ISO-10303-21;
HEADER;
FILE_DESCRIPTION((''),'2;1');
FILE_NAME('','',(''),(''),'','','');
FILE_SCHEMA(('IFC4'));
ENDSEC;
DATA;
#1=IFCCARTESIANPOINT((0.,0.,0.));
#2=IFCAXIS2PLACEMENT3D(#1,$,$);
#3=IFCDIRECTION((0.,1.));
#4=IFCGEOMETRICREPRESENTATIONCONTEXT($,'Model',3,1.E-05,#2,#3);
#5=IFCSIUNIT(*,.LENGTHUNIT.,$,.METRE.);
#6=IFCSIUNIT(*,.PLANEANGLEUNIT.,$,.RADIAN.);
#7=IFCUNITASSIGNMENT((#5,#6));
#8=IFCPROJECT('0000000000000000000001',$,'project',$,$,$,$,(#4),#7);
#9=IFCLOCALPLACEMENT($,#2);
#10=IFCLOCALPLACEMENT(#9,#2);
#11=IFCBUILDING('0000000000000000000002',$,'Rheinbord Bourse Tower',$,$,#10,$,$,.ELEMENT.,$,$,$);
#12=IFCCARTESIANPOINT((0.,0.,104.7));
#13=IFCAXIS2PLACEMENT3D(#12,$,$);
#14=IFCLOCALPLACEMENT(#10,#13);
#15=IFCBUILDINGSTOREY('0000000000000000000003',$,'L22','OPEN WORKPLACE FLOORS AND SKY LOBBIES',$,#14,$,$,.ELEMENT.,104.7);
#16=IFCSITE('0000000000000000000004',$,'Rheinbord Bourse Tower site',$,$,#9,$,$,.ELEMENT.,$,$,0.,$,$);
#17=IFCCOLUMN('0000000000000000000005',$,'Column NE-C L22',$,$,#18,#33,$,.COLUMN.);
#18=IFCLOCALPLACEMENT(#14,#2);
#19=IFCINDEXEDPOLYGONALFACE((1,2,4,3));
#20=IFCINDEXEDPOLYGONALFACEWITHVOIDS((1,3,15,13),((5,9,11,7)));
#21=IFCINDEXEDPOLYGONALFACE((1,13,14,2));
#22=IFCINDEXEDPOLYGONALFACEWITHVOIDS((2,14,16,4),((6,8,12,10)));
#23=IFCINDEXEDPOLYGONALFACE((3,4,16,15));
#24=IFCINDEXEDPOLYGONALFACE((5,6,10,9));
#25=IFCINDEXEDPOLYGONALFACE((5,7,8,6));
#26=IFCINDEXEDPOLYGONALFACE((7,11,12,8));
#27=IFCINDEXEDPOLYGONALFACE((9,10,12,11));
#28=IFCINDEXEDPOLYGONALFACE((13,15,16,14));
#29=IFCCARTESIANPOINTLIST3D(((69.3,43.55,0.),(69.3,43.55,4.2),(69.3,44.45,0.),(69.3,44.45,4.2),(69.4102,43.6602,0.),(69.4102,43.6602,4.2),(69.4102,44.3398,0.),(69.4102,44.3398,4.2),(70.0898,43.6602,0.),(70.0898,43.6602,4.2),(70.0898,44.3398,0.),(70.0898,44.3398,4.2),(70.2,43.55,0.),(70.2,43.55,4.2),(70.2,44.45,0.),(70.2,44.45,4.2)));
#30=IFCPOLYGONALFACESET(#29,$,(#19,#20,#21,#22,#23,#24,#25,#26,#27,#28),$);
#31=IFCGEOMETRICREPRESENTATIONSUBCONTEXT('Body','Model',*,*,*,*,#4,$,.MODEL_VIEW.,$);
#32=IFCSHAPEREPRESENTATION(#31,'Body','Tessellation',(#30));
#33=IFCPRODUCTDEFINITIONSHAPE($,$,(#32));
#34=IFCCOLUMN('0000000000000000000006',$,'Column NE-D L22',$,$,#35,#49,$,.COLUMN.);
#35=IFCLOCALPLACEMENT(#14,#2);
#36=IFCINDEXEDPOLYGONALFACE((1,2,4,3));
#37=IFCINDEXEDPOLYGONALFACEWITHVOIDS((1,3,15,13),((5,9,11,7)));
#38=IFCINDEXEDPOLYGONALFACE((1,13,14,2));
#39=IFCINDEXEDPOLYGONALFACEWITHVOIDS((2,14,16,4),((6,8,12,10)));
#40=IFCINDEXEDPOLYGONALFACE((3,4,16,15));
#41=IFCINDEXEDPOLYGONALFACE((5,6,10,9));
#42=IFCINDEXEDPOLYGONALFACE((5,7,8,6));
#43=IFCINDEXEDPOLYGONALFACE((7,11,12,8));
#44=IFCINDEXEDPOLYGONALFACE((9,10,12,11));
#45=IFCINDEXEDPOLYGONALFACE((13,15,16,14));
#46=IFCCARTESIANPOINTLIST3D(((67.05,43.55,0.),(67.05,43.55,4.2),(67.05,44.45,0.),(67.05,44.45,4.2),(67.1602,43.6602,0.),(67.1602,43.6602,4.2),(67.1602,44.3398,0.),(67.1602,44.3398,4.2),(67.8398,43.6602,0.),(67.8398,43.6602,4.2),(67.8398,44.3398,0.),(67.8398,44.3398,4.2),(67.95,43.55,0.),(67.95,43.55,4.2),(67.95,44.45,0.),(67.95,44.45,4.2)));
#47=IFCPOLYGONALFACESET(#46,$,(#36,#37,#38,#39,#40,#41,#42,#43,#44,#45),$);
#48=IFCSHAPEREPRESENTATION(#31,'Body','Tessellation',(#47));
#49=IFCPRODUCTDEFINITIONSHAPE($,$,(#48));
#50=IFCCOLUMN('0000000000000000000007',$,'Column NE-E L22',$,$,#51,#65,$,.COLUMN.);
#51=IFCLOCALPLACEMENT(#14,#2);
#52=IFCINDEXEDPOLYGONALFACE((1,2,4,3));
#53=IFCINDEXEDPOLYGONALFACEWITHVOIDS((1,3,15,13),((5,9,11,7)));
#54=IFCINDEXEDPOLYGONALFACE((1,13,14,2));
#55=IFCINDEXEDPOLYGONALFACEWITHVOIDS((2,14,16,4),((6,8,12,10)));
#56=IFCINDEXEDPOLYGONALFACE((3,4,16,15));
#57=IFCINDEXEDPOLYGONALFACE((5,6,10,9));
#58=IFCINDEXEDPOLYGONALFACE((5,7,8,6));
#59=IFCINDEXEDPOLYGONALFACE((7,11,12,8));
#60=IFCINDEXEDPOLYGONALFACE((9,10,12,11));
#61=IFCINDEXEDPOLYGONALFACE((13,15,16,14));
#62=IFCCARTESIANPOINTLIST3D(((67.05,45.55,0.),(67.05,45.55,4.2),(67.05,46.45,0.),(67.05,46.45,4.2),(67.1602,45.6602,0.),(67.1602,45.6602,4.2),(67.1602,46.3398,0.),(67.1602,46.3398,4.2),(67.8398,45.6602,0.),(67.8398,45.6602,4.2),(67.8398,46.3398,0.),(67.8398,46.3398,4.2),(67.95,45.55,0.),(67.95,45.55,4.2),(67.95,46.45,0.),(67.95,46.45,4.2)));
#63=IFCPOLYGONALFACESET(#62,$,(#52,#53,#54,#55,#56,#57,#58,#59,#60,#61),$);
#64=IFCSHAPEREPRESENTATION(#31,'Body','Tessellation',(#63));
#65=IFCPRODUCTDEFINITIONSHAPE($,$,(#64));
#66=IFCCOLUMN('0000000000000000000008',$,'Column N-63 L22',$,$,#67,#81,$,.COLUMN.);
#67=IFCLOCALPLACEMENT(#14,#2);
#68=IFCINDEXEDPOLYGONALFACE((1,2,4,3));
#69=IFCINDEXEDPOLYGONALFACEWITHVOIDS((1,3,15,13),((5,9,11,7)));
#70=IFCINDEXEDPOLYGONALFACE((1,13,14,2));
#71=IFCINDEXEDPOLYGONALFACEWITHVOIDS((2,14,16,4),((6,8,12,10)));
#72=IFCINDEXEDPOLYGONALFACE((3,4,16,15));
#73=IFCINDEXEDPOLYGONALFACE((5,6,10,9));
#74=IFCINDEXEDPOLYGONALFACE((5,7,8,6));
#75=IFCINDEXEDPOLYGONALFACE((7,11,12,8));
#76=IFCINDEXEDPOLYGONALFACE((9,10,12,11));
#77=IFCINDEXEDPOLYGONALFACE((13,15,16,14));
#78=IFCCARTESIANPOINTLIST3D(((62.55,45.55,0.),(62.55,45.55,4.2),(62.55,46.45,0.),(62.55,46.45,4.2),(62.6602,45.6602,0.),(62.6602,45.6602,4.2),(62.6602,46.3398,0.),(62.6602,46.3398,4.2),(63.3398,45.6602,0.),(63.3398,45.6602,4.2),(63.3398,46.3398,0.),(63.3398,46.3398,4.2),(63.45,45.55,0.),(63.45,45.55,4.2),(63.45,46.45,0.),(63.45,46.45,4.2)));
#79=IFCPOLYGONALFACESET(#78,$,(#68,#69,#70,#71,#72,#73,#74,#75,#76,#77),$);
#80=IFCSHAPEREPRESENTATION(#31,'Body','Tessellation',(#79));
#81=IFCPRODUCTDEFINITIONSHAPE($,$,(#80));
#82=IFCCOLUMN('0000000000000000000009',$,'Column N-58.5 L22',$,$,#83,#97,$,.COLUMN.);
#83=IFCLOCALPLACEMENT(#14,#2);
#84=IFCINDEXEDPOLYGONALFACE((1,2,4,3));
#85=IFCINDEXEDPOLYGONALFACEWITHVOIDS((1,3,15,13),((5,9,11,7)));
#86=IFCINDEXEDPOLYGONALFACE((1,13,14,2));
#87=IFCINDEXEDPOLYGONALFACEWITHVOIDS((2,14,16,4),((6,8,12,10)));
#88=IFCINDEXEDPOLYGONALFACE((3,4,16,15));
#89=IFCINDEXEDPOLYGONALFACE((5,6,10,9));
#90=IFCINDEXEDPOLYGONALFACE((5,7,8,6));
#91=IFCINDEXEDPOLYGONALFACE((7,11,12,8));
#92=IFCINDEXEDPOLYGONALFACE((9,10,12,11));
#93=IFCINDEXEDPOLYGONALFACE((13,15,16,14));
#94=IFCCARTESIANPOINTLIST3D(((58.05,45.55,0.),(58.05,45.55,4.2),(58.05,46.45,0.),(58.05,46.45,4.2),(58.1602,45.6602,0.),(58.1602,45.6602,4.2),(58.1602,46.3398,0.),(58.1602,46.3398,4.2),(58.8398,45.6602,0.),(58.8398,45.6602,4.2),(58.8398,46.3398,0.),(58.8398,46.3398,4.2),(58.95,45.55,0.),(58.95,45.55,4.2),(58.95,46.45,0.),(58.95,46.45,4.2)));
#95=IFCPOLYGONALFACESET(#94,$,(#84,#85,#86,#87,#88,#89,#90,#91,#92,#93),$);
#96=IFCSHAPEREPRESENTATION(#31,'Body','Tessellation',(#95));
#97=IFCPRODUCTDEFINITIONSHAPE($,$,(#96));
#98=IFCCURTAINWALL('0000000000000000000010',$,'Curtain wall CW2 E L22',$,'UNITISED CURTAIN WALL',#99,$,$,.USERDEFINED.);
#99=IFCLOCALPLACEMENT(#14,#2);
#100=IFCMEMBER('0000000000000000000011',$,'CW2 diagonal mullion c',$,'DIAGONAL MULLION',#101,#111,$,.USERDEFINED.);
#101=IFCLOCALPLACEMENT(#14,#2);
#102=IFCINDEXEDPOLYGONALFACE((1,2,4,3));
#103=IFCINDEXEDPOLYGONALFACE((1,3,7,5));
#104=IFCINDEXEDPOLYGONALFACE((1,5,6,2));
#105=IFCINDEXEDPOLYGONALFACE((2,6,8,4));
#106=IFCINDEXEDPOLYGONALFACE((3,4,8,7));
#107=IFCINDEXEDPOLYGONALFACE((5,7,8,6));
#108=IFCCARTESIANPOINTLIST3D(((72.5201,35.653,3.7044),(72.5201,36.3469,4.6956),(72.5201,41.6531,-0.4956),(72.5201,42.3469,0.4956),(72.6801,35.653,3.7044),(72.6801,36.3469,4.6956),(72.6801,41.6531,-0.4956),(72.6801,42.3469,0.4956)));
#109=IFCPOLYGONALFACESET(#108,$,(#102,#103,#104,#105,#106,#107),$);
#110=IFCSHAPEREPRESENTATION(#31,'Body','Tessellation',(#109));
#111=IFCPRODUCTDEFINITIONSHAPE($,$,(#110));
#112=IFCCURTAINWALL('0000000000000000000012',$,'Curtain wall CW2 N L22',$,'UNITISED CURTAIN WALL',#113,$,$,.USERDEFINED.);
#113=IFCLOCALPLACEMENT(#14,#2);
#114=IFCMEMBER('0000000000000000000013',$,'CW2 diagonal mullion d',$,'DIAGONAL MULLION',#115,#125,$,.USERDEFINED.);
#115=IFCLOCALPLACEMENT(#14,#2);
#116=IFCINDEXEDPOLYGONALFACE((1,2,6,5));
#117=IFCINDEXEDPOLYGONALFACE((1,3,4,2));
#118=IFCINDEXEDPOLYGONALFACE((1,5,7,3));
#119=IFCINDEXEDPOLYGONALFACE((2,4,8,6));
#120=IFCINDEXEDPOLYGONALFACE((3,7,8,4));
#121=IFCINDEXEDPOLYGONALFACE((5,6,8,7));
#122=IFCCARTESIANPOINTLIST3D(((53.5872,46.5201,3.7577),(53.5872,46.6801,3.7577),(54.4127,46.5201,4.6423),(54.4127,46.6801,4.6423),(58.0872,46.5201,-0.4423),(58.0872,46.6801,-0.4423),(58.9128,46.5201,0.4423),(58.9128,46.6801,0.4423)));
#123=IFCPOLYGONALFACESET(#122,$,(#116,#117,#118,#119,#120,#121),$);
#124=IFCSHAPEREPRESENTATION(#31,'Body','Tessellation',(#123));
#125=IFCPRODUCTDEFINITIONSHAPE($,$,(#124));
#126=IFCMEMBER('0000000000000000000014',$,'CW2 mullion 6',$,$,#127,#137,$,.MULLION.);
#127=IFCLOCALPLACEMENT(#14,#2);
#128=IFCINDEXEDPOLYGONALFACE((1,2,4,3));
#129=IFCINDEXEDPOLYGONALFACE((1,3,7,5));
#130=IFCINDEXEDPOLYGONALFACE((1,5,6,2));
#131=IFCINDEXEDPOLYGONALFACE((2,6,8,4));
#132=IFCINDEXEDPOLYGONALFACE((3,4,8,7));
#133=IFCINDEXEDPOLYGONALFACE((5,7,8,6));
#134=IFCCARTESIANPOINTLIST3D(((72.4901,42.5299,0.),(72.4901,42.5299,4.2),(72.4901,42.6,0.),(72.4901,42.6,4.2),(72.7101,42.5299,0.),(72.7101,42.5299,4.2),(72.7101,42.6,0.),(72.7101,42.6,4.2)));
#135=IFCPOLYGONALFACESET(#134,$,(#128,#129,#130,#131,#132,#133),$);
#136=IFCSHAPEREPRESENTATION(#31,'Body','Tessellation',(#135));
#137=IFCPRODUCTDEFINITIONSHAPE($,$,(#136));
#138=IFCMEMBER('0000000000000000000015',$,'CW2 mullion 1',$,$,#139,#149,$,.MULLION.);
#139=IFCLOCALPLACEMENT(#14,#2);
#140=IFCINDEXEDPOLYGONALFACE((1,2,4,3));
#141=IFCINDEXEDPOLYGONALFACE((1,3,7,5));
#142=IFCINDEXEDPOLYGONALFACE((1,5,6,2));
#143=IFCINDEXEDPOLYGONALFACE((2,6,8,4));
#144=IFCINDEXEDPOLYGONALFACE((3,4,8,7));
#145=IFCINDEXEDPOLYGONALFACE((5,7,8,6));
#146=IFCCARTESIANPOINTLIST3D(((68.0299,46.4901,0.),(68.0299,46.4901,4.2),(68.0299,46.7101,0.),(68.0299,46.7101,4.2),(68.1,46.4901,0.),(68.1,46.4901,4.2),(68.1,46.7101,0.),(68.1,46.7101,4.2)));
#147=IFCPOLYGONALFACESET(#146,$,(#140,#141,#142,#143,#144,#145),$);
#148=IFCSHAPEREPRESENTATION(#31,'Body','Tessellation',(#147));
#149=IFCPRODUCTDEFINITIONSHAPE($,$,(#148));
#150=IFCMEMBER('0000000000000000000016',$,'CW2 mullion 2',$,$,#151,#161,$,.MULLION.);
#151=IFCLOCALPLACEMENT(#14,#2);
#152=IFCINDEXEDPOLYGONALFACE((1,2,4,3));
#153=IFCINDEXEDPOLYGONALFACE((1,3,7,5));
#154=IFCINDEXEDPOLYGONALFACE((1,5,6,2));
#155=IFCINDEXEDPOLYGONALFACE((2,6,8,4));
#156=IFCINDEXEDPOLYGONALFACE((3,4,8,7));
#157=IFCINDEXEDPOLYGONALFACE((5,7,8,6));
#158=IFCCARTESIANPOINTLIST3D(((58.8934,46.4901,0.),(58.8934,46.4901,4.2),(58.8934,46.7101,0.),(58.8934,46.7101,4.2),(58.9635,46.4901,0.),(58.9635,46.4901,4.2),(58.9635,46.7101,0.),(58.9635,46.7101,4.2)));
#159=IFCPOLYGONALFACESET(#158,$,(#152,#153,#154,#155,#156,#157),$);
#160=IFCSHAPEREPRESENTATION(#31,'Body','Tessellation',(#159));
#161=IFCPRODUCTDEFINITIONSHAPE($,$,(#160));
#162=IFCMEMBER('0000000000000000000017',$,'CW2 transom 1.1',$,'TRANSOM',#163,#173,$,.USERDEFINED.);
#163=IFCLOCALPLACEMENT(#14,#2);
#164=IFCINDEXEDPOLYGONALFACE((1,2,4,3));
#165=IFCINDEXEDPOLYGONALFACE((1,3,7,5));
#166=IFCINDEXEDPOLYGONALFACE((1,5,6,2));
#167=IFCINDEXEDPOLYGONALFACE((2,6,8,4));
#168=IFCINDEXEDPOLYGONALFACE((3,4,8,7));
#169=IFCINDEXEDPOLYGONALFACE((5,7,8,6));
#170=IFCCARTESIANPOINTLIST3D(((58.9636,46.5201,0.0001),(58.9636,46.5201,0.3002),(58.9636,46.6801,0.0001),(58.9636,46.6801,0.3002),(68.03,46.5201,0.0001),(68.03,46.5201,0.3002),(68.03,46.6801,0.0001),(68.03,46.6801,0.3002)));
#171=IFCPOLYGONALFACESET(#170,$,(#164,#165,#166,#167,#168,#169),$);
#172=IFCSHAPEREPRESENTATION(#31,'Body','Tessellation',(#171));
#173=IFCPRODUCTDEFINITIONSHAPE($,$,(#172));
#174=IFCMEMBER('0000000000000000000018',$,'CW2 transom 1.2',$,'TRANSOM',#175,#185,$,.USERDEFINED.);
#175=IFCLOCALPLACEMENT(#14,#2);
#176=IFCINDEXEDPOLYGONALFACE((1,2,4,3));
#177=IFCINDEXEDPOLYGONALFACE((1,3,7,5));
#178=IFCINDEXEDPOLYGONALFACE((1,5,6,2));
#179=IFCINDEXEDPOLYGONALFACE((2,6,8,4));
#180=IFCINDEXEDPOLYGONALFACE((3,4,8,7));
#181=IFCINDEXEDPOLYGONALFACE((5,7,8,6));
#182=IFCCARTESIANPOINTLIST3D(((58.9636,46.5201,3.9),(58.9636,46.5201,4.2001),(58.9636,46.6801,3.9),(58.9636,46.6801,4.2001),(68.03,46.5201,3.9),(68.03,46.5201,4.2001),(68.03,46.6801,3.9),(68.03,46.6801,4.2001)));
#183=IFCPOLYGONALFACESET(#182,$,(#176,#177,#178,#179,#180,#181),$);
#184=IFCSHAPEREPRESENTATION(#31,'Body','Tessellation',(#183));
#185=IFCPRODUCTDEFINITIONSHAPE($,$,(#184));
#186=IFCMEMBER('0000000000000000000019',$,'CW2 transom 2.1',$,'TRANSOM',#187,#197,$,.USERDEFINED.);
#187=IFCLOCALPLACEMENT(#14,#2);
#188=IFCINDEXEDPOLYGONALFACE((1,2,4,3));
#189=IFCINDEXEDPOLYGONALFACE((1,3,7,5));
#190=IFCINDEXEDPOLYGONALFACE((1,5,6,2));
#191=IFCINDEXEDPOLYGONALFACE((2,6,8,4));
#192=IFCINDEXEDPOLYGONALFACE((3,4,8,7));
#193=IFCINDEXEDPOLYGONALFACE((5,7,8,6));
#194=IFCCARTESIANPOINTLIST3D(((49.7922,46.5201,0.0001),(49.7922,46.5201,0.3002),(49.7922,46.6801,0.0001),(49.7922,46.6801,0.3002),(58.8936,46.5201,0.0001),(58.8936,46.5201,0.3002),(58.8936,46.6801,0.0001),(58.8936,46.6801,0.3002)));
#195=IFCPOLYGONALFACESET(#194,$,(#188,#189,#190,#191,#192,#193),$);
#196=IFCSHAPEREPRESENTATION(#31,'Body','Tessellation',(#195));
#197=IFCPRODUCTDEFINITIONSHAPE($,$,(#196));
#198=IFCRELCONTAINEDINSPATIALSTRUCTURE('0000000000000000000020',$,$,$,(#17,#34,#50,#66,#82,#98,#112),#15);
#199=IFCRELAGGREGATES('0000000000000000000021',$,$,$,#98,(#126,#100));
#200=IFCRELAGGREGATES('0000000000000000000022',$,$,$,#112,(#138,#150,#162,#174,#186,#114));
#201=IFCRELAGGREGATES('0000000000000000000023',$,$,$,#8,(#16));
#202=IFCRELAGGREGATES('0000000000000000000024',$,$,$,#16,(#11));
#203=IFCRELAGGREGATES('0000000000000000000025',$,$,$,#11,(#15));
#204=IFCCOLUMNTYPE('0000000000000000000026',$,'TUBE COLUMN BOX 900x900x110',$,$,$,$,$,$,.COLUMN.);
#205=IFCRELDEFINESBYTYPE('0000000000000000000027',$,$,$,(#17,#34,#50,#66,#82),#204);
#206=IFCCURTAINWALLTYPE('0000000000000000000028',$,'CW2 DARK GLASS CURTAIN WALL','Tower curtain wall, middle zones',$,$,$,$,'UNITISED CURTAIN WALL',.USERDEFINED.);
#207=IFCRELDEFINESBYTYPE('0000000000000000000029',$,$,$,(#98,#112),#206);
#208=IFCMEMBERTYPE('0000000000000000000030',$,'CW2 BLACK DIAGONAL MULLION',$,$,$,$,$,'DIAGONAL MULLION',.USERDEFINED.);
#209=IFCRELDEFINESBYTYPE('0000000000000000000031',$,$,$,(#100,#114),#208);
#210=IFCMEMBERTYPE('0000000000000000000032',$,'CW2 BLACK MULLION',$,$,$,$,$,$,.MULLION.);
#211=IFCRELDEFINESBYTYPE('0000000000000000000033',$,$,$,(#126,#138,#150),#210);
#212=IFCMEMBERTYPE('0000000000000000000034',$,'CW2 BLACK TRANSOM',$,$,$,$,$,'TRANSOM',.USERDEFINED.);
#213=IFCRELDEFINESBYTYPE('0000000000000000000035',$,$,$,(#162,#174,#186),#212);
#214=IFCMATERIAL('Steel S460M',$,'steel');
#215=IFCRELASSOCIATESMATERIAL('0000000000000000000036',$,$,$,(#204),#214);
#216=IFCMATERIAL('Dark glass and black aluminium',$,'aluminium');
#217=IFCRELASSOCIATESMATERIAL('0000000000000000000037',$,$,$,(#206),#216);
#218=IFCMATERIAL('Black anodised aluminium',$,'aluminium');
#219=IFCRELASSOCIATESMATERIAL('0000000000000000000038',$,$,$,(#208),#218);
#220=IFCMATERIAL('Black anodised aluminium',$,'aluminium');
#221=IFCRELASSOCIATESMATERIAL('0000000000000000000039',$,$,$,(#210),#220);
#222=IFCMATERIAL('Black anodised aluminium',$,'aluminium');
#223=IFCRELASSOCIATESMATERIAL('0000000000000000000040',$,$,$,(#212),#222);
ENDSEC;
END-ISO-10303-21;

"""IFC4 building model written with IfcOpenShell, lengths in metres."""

from ifc_helpers import new_model, si_unit, direction, frame, origin, origin_2d, place, context, subcontext, project, spatial, rectangle, hollow_rectangle, extrude, material, material_profile, profile_set, type_object, element, aggregate, save


model = new_model("IFC4")

# Units and contexts
model_context = context("Model", 3, precision=1e-05, world=origin(), true_north=direction((0.0, 1.0)))
body_context = subcontext(model_context, "Body", "Model", "MODEL_VIEW")
ifc_project = project(units=[si_unit("LENGTHUNIT", "METRE"), si_unit("PLANEANGLEUNIT", "RADIAN")], contexts=[model_context])

# Site, building, storey
site_placement = place(None, origin())
site = spatial("IfcSite", under=ifc_project, at=site_placement, Name="Rheinbord Bourse Tower site", CompositionType="ELEMENT", RefElevation=0.0)
building_placement = place(site_placement, origin())
building = spatial("IfcBuilding", under=site, at=building_placement, Name="Rheinbord Bourse Tower", CompositionType="ELEMENT")
storey_placement = place(building_placement, frame((0.0, 0.0, 104.7)))
storey = spatial("IfcBuildingStorey", under=building, at=storey_placement, Name="L22", Description="OPEN WORKPLACE FLOORS AND SKY LOBBIES", CompositionType="ELEMENT", Elevation=104.7)

# Columns
ifc_material_1 = material(Name="Steel S460M", Category="steel")
ifc_material_profile_1 = material_profile(ifc_material_1, hollow_rectangle(XDim=0.8999, YDim=0.8999, WallThickness=0.1101, at=origin_2d()), Name="BOX 900x900x110")
ifc_profile_set_1 = profile_set([ifc_material_profile_1], Name="Steel S460M")
column_type = type_object("IfcColumnType", Name="TUBE COLUMN BOX 900x900x110", PredefinedType="COLUMN", material=ifc_profile_set_1)
for number, where, z_axis, x_axis, name in (
    (1, (69.75, 44.0, 0.0), (0.0, 0.0, 1.0), (1.0, 0.0, 0.0), "Column NE-C L22"),
    (2, (67.5, 44.0, 0.0), (0.0, 0.0, 1.0), (0.0, 1.0, 0.0), "Column NE-D L22"),
    (3, (67.5, 46.0, 0.0), (0.0, 0.0, 1.0), (0.0, 1.0, 0.0), "Column NE-E L22"),
    (4, (63.0, 46.0, 0.0), (0.0, 0.0, 1.0), (0.0, 1.0, 0.0), "Column N-63 L22"),
    (5, (58.5, 46.0, 0.0), (0.0, 0.0, 1.0), (0.0, 1.0, 0.0), "Column N-58.5 L22"),
):
    element("IfcColumn", number, at=place(storey_placement, frame(where, z_axis=z_axis, x_axis=x_axis)), inside=storey, type_object=column_type, Name=name, PredefinedType="COLUMN", context=body_context, shape_type="SweptSolid", body=[
        extrude(hollow_rectangle(XDim=0.8999, YDim=0.8999, WallThickness=0.1101, at=origin_2d()), origin(), (0.0, 0.0, 1.0), 4.2),
    ])

# Curtain walls, members
ifc_material_2 = material(Name="Dark glass and black aluminium", Category="aluminium")
curtain_wall_type = type_object("IfcCurtainWallType", Name="CW2 DARK GLASS CURTAIN WALL", Description="Tower curtain wall, middle zones", ElementType="UNITISED CURTAIN WALL", PredefinedType="USERDEFINED", material=ifc_material_2)
curtain_wall_1_placement = place(storey_placement, origin())
curtain_wall_1 = element("IfcCurtainWall", 6, at=curtain_wall_1_placement, inside=storey, type_object=curtain_wall_type, Name="Curtain wall CW2 E L22", ObjectType="UNITISED CURTAIN WALL", PredefinedType="USERDEFINED")
ifc_material_3 = material(Name="Black anodised aluminium", Category="aluminium")
ifc_material_profile_2 = material_profile(ifc_material_3, rectangle(XDim=0.1599, YDim=1.21, at=origin_2d()), Name="CW2 DIAGONAL MULLION 1210x160")
ifc_profile_set_2 = profile_set([ifc_material_profile_2], Name="Black anodised aluminium")
member_type_1 = type_object("IfcMemberType", Name="CW2 BLACK DIAGONAL MULLION", ElementType="DIAGONAL MULLION", PredefinedType="USERDEFINED", material=ifc_profile_set_2)
member_1_placement = place(storey_placement, frame((72.6001, 42.0, 0.0), z_axis=(0.0, -0.819235, 0.573458), x_axis=(1.0, 0.0, 0.0)))
member_1 = element("IfcMember", 7, at=member_1_placement, type_object=member_type_1, Name="CW2 diagonal mullion c", ObjectType="DIAGONAL MULLION", PredefinedType="USERDEFINED", context=body_context, shape_type="SweptSolid", body=[
    extrude(rectangle(XDim=0.1599, YDim=1.21, at=origin_2d()), origin(), (0.0, 0.0, 1.0), 7.324),
])
curtain_wall_2_placement = place(storey_placement, origin())
curtain_wall_2 = element("IfcCurtainWall", 8, at=curtain_wall_2_placement, inside=storey, type_object=curtain_wall_type, Name="Curtain wall CW2 N L22", ObjectType="UNITISED CURTAIN WALL", PredefinedType="USERDEFINED")
member_2_placement = place(storey_placement, frame((58.5, 46.6001, 0.0), z_axis=(-0.731059, 0.0, 0.682314), x_axis=(0.0, -1.0, 0.0)))
member_2 = element("IfcMember", 9, at=member_2_placement, type_object=member_type_1, Name="CW2 diagonal mullion d", ObjectType="DIAGONAL MULLION", PredefinedType="USERDEFINED", context=body_context, shape_type="SweptSolid", body=[
    extrude(rectangle(XDim=0.1599, YDim=1.21, at=origin_2d()), origin(), (0.0, 0.0, 1.0), 6.1555),
])

# Members
ifc_material_4 = material(Name="Black anodised aluminium", Category="aluminium")
ifc_material_profile_3 = material_profile(ifc_material_4, rectangle(XDim=0.22, YDim=0.0701, at=origin_2d()), Name="CW2 MULLION 70x220")
ifc_profile_set_3 = profile_set([ifc_material_profile_3], Name="Black anodised aluminium")
member_type_2 = type_object("IfcMemberType", Name="CW2 BLACK MULLION", PredefinedType="MULLION", material=ifc_profile_set_3)
member_3_placement = place(storey_placement, frame((72.6001, 42.5649, 0.0), z_axis=(0.0, 0.0, 1.0), x_axis=(-1.0, 0.0, 0.0)))
member_3 = element("IfcMember", 10, at=member_3_placement, type_object=member_type_2, Name="CW2 mullion 6", PredefinedType="MULLION", context=body_context, shape_type="SweptSolid", body=[
    extrude(rectangle(XDim=0.22, YDim=0.0701, at=origin_2d()), origin(), (0.0, 0.0, 1.0), 4.2),
])
member_4_placement = place(storey_placement, frame((68.0649, 46.6001, 0.0), z_axis=(0.0, 0.0, 1.0), x_axis=(0.0, -1.0, 0.0)))
member_4 = element("IfcMember", 11, at=member_4_placement, type_object=member_type_2, Name="CW2 mullion 1", PredefinedType="MULLION", context=body_context, shape_type="SweptSolid", body=[
    extrude(rectangle(XDim=0.22, YDim=0.0701, at=origin_2d()), origin(), (0.0, 0.0, 1.0), 4.2),
])
member_5_placement = place(storey_placement, frame((58.9285, 46.6001, 0.0), z_axis=(0.0, 0.0, 1.0), x_axis=(0.0, -1.0, 0.0)))
member_5 = element("IfcMember", 12, at=member_5_placement, type_object=member_type_2, Name="CW2 mullion 2", PredefinedType="MULLION", context=body_context, shape_type="SweptSolid", body=[
    extrude(rectangle(XDim=0.22, YDim=0.0701, at=origin_2d()), origin(), (0.0, 0.0, 1.0), 4.2),
])
ifc_material_5 = material(Name="Black anodised aluminium", Category="aluminium")
ifc_material_profile_4 = material_profile(ifc_material_5, rectangle(XDim=0.1599, YDim=0.3, at=origin_2d()), Name="CW2 TRANSOM 300x160")
ifc_profile_set_4 = profile_set([ifc_material_profile_4], Name="Black anodised aluminium")
member_type_3 = type_object("IfcMemberType", Name="CW2 BLACK TRANSOM", ElementType="TRANSOM", PredefinedType="USERDEFINED", material=ifc_profile_set_4)
member_6_placement = place(storey_placement, frame((68.03, 46.6001, 0.1501), z_axis=(-1.0, 0.0, 0.0), x_axis=(0.0, -1.0, 0.0)))
member_6 = element("IfcMember", 13, at=member_6_placement, type_object=member_type_3, Name="CW2 transom 1.1", ObjectType="TRANSOM", PredefinedType="USERDEFINED", context=body_context, shape_type="SweptSolid", body=[
    extrude(rectangle(XDim=0.1599, YDim=0.3, at=origin_2d()), origin(), (0.0, 0.0, 1.0), 9.0664),
])
member_7_placement = place(storey_placement, frame((68.03, 46.6001, 4.05), z_axis=(-1.0, 0.0, 0.0), x_axis=(0.0, -1.0, 0.0)))
member_7 = element("IfcMember", 14, at=member_7_placement, type_object=member_type_3, Name="CW2 transom 1.2", ObjectType="TRANSOM", PredefinedType="USERDEFINED", context=body_context, shape_type="SweptSolid", body=[
    extrude(rectangle(XDim=0.1599, YDim=0.3, at=origin_2d()), origin(), (0.0, 0.0, 1.0), 9.0664),
])
member_8_placement = place(storey_placement, frame((58.8936, 46.6001, 0.1501), z_axis=(-1.0, 0.0, 0.0), x_axis=(0.0, -1.0, 0.0)))
member_8 = element("IfcMember", 15, at=member_8_placement, type_object=member_type_3, Name="CW2 transom 2.1", ObjectType="TRANSOM", PredefinedType="USERDEFINED", context=body_context, shape_type="SweptSolid", body=[
    extrude(rectangle(XDim=0.1599, YDim=0.3, at=origin_2d()), origin(), (0.0, 0.0, 1.0), 9.1013),
])

aggregate(curtain_wall_1, [member_3, member_1])
aggregate(curtain_wall_2, [member_4, member_5, member_6, member_7, member_8, member_2])

save(model, "model.ifc")
